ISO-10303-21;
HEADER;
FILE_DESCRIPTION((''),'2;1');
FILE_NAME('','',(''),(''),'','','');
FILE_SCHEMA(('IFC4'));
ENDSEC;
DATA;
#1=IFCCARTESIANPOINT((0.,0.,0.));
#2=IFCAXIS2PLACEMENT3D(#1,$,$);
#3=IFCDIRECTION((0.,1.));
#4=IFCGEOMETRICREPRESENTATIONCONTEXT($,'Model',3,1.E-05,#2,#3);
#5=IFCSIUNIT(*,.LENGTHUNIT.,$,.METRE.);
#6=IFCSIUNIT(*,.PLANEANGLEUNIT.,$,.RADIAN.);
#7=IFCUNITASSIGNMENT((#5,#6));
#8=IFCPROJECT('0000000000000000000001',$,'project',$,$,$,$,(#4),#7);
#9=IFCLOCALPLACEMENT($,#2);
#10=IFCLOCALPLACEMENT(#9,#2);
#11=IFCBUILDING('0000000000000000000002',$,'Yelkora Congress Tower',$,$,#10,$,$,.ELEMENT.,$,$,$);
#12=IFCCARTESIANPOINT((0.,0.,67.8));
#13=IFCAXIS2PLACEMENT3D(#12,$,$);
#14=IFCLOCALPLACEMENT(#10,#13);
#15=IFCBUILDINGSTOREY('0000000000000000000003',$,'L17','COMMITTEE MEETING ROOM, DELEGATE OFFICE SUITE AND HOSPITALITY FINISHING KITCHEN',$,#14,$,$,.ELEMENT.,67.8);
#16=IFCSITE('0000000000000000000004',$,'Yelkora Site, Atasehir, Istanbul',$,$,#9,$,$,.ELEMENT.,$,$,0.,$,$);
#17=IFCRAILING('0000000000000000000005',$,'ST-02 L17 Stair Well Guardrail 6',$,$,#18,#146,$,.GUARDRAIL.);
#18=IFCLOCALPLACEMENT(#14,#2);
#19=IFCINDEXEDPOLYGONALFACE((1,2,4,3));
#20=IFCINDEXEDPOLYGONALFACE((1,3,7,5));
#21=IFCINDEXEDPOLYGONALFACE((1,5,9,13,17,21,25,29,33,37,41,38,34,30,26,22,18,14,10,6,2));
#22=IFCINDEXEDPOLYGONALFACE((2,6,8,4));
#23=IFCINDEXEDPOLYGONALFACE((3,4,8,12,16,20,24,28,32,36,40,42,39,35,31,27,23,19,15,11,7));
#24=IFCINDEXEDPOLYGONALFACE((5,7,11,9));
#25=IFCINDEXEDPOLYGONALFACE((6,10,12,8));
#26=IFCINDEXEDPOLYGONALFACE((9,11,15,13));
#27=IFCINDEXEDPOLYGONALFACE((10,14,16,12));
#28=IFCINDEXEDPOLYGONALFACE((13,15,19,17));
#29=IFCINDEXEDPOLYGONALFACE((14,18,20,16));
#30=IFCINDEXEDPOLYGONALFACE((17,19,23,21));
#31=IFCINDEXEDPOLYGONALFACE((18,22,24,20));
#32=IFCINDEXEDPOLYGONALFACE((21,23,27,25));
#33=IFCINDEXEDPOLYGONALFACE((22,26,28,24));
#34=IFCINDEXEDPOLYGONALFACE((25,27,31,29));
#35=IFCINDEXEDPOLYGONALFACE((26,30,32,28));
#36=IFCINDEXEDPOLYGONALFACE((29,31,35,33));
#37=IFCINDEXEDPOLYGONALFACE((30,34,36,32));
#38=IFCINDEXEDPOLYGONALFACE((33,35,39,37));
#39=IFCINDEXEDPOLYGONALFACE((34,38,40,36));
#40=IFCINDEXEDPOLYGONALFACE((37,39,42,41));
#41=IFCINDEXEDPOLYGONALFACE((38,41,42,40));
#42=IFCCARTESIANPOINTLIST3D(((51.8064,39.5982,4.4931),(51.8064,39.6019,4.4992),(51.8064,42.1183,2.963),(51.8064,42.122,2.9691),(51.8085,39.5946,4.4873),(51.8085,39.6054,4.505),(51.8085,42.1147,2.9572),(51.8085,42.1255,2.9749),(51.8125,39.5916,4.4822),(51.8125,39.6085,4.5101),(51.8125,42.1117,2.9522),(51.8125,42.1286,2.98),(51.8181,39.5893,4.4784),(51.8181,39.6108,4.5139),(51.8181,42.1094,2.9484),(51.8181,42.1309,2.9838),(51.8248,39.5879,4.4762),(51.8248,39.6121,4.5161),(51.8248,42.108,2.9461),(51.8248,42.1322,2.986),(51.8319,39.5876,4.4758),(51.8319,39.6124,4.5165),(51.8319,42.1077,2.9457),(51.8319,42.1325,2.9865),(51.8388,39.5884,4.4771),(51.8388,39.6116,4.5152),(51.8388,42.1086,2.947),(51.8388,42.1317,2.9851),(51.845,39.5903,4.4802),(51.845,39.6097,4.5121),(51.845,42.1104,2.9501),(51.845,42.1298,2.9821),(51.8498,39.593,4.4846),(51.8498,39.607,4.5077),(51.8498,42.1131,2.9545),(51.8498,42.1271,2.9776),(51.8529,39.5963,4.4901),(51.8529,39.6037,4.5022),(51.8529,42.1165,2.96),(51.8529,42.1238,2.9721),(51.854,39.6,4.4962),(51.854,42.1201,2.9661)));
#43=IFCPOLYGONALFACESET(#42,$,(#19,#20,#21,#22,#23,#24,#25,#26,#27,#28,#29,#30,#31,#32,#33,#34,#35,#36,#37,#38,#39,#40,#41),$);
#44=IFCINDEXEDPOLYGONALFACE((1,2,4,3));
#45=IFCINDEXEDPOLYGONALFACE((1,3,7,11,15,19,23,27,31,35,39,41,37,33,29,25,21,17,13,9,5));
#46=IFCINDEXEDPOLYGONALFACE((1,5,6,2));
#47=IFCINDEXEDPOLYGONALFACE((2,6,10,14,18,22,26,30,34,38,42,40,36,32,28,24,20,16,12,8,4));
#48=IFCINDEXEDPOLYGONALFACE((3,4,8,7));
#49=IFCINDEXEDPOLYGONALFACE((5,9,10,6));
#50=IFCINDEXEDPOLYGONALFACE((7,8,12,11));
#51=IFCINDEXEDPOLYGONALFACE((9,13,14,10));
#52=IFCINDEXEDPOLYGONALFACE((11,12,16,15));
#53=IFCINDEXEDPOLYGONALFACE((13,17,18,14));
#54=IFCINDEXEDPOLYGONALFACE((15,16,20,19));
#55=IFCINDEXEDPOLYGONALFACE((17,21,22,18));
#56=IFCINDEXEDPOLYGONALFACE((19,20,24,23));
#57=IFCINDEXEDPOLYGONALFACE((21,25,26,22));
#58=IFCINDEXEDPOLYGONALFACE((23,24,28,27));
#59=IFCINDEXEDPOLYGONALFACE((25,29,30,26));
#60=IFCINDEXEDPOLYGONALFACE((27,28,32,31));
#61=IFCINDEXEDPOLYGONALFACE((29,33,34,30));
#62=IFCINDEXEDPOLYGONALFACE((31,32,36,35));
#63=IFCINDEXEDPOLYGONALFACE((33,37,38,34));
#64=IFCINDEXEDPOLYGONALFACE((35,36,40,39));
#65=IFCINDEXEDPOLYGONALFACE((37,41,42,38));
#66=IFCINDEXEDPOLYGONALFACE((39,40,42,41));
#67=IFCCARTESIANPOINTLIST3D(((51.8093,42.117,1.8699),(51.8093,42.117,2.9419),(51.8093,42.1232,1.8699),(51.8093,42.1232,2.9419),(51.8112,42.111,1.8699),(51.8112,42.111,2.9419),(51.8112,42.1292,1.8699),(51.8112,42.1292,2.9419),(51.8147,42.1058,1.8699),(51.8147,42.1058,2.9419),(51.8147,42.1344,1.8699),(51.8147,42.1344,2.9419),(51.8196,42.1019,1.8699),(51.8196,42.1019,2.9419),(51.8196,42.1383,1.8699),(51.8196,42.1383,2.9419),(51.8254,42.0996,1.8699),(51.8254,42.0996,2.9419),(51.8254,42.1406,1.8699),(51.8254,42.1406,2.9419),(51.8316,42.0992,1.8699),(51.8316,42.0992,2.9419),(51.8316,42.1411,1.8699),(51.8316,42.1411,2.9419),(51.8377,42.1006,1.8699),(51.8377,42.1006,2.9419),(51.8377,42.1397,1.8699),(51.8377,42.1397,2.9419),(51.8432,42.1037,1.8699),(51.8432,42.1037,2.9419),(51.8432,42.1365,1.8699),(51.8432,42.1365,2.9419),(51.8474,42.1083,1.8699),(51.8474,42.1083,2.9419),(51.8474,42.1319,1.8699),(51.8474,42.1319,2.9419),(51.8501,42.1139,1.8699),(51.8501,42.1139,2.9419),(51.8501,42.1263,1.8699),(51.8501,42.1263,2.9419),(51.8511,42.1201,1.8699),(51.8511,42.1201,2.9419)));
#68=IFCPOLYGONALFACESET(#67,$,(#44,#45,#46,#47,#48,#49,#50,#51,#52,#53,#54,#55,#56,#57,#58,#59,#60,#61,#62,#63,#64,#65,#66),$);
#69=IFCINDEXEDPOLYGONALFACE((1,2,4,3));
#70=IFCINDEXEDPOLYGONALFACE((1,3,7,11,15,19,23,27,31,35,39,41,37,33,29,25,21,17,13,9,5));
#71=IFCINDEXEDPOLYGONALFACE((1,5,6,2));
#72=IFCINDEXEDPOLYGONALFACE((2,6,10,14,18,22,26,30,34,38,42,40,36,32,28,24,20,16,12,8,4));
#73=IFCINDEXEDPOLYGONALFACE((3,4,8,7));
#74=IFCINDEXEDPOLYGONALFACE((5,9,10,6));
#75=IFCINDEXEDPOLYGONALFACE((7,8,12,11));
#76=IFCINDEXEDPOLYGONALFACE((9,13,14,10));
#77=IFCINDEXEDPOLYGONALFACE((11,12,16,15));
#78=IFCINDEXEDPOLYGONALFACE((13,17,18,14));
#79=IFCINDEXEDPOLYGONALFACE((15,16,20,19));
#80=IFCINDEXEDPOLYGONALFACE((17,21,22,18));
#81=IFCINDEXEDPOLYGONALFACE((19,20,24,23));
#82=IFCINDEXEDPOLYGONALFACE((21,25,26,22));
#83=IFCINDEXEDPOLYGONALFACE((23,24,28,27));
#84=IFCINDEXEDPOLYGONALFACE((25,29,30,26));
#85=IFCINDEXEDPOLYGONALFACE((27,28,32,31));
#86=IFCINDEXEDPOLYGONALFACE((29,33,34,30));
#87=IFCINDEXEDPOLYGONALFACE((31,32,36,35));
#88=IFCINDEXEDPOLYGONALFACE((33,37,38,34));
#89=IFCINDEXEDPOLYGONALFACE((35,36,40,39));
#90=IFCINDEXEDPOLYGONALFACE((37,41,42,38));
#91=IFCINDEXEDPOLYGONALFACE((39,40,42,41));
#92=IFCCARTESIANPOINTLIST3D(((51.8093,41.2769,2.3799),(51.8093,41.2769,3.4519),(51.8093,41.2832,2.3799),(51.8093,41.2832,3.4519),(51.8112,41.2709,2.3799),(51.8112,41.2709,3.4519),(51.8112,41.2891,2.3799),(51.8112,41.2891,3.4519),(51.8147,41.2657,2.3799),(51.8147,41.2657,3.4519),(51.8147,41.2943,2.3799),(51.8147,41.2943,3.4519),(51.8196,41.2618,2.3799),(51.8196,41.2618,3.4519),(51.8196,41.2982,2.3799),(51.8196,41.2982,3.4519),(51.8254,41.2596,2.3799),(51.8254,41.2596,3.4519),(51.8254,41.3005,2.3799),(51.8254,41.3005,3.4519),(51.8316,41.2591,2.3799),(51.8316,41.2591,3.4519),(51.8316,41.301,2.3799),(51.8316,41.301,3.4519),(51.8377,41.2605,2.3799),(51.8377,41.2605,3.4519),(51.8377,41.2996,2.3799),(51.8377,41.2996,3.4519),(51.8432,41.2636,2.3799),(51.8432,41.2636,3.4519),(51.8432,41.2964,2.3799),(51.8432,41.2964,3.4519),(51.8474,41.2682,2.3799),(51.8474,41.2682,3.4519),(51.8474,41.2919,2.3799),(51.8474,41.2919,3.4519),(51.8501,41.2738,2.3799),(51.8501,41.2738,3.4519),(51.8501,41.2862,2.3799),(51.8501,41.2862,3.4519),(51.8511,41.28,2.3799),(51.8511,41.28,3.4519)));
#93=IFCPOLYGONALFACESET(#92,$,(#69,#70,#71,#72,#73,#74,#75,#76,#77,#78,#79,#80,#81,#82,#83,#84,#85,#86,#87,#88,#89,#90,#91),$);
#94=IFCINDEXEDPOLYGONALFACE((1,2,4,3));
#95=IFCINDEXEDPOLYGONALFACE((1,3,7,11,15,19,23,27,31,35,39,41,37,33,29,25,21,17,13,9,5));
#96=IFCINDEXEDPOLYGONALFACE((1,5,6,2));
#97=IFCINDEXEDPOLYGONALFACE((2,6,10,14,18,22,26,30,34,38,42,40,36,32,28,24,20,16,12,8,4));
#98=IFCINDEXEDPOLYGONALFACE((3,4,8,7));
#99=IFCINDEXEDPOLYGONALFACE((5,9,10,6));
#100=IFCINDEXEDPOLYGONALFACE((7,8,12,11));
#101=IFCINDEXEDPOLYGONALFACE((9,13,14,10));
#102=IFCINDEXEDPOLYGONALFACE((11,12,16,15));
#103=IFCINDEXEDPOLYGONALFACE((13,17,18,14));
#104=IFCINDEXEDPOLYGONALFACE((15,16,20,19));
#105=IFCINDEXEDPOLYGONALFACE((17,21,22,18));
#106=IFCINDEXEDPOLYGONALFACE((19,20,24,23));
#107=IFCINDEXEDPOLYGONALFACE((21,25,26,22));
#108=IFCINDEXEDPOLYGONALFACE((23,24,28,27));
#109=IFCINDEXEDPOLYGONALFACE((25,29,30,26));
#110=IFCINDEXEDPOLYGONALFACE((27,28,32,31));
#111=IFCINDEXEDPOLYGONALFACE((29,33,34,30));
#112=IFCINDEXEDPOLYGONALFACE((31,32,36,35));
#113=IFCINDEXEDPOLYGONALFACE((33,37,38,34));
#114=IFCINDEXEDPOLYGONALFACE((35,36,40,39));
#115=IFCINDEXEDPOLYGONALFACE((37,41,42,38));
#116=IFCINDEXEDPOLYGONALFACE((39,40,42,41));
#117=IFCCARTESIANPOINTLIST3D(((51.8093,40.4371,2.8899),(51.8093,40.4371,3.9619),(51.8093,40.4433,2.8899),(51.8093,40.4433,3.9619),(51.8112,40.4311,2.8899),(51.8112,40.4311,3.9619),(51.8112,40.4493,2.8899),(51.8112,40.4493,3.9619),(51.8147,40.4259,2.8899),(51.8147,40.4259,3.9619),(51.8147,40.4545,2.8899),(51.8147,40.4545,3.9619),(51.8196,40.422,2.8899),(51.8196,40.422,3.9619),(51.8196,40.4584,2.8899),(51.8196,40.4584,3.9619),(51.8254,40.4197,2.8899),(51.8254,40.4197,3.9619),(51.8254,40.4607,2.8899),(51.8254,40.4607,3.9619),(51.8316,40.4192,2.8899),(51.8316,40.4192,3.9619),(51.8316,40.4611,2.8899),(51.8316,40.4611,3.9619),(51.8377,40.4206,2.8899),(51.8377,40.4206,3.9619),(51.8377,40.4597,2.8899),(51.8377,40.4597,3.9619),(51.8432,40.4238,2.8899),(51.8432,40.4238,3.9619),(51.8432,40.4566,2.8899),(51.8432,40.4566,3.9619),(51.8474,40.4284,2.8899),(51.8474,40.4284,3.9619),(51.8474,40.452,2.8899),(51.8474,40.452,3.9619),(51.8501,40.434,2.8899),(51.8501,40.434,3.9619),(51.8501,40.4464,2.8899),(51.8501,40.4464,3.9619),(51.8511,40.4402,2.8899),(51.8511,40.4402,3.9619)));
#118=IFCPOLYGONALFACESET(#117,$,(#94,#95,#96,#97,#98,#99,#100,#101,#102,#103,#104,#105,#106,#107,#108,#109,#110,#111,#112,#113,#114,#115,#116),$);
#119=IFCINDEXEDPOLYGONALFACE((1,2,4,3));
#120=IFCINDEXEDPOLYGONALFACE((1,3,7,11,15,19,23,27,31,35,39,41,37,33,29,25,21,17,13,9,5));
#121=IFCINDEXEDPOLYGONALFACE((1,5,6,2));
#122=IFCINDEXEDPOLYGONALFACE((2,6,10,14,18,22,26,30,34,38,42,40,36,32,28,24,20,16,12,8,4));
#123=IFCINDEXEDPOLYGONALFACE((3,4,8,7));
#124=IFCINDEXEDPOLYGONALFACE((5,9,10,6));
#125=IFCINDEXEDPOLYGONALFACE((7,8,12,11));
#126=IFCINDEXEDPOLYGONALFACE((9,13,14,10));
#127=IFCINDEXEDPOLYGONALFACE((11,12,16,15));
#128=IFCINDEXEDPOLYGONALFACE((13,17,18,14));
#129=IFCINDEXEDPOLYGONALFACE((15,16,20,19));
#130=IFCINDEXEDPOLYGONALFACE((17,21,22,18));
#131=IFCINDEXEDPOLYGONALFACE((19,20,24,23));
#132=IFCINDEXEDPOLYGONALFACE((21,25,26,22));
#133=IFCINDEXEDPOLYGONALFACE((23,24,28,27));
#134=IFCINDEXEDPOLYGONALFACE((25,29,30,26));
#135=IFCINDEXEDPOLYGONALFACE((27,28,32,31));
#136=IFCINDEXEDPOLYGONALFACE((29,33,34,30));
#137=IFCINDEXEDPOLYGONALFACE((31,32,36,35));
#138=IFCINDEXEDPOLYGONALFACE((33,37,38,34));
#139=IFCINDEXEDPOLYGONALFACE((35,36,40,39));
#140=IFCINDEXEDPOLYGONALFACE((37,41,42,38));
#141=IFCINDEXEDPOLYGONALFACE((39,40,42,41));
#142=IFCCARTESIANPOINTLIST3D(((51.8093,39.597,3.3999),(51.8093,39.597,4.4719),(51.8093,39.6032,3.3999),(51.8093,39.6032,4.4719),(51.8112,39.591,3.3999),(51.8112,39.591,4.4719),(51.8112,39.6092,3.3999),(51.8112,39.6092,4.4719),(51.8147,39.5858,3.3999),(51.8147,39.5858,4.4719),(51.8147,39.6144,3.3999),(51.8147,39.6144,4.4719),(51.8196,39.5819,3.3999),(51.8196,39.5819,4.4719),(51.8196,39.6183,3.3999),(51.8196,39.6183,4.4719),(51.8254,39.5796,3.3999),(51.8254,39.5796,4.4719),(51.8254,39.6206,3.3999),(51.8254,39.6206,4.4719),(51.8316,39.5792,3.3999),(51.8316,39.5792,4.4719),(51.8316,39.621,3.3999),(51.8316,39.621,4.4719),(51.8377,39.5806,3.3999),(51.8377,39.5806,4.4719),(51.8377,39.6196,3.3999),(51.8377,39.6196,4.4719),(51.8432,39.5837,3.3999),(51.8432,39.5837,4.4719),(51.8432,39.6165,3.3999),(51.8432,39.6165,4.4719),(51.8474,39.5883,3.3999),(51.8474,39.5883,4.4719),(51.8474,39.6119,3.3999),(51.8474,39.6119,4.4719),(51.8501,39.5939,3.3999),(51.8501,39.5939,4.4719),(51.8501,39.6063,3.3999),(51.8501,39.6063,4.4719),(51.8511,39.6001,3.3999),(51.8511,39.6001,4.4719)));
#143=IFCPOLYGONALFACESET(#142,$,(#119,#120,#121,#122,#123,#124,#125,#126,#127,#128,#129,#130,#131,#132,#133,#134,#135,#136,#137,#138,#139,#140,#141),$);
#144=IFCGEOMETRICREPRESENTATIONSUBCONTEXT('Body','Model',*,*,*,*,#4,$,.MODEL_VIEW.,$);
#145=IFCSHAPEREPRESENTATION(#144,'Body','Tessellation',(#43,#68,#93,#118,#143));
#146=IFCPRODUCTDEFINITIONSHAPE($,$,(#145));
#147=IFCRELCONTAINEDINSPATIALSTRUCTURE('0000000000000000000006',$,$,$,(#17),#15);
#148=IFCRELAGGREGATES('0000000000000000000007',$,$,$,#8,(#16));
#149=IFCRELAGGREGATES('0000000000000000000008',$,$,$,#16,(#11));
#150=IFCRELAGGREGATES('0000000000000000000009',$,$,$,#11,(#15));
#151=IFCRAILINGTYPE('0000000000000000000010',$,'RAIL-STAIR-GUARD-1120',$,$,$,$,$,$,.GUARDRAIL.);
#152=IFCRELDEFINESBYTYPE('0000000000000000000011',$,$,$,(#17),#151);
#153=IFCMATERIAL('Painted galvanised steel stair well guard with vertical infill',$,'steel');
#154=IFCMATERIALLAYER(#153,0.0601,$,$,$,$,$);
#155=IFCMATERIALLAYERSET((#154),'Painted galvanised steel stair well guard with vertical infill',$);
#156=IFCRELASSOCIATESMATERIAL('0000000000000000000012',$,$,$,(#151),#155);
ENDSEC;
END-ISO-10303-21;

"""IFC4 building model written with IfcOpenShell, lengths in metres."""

from ifc_helpers import new_model, si_unit, direction, frame, origin, origin_2d, place, context, subcontext, project, spatial, circle, extrude, material, layer, layer_set, type_object, element, save


model = new_model("IFC4")

# Units and contexts
model_context = context("Model", 3, precision=1e-05, world=origin(), true_north=direction((0.0, 1.0)))
body_context = subcontext(model_context, "Body", "Model", "MODEL_VIEW")
ifc_project = project(units=[si_unit("LENGTHUNIT", "METRE"), si_unit("PLANEANGLEUNIT", "RADIAN")], contexts=[model_context])

# Site, building, storey
site_placement = place(None, origin())
site = spatial("IfcSite", under=ifc_project, at=site_placement, Name="Yelkora Site, Atasehir, Istanbul", CompositionType="ELEMENT", RefElevation=0.0)
building_placement = place(site_placement, origin())
building = spatial("IfcBuilding", under=site, at=building_placement, Name="Yelkora Congress Tower", CompositionType="ELEMENT")
storey_placement = place(building_placement, frame((0.0, 0.0, 67.8)))
storey = spatial("IfcBuildingStorey", under=building, at=storey_placement, Name="L17", Description="COMMITTEE MEETING ROOM, DELEGATE OFFICE SUITE AND HOSPITALITY FINISHING KITCHEN", CompositionType="ELEMENT", Elevation=67.8)

# Railing
ifc_material_1 = material(Name="Painted galvanised steel stair well guard with vertical infill", Category="steel")
ifc_layer_1 = layer(ifc_material_1, 0.0601)
ifc_layer_set_1 = layer_set([ifc_layer_1], Name="Painted galvanised steel stair well guard with vertical infill")
railing_type_1 = type_object("IfcRailingType", Name="RAIL-STAIR-GUARD-1120", PredefinedType="GUARDRAIL", material=ifc_layer_set_1)
railing_1_placement = place(storey_placement, frame((51.8301, 42.1201, 1.8699)))
element("IfcRailing", 1, at=railing_1_placement, inside=storey, type_object=railing_type_1, Name="ST-02 L17 Stair Well Guardrail 6", PredefinedType="GUARDRAIL", context=body_context, shape_type="SweptSolid", body=[
    extrude(circle(Radius=0.0239, at=origin_2d()), frame((0.0, 0.0, 1.0962), z_axis=(0.0, -0.854785, 0.518982), x_axis=(1.0, 0.0, 0.0)), (0.0, 0.0, 1.0), 2.9482),
    extrude(circle(Radius=0.021, at=origin_2d()), origin(), (0.0, 0.0, 1.0), 1.072),
    extrude(circle(Radius=0.021, at=origin_2d()), frame((0.0, -0.8401, 0.51)), (0.0, 0.0, 1.0), 1.072),
    extrude(circle(Radius=0.021, at=origin_2d()), frame((0.0, -1.6799, 1.02)), (0.0, 0.0, 1.0), 1.072),
    extrude(circle(Radius=0.021, at=origin_2d()), frame((0.0, -2.52, 1.53)), (0.0, 0.0, 1.0), 1.072),
])

save(model, "model.ifc")
